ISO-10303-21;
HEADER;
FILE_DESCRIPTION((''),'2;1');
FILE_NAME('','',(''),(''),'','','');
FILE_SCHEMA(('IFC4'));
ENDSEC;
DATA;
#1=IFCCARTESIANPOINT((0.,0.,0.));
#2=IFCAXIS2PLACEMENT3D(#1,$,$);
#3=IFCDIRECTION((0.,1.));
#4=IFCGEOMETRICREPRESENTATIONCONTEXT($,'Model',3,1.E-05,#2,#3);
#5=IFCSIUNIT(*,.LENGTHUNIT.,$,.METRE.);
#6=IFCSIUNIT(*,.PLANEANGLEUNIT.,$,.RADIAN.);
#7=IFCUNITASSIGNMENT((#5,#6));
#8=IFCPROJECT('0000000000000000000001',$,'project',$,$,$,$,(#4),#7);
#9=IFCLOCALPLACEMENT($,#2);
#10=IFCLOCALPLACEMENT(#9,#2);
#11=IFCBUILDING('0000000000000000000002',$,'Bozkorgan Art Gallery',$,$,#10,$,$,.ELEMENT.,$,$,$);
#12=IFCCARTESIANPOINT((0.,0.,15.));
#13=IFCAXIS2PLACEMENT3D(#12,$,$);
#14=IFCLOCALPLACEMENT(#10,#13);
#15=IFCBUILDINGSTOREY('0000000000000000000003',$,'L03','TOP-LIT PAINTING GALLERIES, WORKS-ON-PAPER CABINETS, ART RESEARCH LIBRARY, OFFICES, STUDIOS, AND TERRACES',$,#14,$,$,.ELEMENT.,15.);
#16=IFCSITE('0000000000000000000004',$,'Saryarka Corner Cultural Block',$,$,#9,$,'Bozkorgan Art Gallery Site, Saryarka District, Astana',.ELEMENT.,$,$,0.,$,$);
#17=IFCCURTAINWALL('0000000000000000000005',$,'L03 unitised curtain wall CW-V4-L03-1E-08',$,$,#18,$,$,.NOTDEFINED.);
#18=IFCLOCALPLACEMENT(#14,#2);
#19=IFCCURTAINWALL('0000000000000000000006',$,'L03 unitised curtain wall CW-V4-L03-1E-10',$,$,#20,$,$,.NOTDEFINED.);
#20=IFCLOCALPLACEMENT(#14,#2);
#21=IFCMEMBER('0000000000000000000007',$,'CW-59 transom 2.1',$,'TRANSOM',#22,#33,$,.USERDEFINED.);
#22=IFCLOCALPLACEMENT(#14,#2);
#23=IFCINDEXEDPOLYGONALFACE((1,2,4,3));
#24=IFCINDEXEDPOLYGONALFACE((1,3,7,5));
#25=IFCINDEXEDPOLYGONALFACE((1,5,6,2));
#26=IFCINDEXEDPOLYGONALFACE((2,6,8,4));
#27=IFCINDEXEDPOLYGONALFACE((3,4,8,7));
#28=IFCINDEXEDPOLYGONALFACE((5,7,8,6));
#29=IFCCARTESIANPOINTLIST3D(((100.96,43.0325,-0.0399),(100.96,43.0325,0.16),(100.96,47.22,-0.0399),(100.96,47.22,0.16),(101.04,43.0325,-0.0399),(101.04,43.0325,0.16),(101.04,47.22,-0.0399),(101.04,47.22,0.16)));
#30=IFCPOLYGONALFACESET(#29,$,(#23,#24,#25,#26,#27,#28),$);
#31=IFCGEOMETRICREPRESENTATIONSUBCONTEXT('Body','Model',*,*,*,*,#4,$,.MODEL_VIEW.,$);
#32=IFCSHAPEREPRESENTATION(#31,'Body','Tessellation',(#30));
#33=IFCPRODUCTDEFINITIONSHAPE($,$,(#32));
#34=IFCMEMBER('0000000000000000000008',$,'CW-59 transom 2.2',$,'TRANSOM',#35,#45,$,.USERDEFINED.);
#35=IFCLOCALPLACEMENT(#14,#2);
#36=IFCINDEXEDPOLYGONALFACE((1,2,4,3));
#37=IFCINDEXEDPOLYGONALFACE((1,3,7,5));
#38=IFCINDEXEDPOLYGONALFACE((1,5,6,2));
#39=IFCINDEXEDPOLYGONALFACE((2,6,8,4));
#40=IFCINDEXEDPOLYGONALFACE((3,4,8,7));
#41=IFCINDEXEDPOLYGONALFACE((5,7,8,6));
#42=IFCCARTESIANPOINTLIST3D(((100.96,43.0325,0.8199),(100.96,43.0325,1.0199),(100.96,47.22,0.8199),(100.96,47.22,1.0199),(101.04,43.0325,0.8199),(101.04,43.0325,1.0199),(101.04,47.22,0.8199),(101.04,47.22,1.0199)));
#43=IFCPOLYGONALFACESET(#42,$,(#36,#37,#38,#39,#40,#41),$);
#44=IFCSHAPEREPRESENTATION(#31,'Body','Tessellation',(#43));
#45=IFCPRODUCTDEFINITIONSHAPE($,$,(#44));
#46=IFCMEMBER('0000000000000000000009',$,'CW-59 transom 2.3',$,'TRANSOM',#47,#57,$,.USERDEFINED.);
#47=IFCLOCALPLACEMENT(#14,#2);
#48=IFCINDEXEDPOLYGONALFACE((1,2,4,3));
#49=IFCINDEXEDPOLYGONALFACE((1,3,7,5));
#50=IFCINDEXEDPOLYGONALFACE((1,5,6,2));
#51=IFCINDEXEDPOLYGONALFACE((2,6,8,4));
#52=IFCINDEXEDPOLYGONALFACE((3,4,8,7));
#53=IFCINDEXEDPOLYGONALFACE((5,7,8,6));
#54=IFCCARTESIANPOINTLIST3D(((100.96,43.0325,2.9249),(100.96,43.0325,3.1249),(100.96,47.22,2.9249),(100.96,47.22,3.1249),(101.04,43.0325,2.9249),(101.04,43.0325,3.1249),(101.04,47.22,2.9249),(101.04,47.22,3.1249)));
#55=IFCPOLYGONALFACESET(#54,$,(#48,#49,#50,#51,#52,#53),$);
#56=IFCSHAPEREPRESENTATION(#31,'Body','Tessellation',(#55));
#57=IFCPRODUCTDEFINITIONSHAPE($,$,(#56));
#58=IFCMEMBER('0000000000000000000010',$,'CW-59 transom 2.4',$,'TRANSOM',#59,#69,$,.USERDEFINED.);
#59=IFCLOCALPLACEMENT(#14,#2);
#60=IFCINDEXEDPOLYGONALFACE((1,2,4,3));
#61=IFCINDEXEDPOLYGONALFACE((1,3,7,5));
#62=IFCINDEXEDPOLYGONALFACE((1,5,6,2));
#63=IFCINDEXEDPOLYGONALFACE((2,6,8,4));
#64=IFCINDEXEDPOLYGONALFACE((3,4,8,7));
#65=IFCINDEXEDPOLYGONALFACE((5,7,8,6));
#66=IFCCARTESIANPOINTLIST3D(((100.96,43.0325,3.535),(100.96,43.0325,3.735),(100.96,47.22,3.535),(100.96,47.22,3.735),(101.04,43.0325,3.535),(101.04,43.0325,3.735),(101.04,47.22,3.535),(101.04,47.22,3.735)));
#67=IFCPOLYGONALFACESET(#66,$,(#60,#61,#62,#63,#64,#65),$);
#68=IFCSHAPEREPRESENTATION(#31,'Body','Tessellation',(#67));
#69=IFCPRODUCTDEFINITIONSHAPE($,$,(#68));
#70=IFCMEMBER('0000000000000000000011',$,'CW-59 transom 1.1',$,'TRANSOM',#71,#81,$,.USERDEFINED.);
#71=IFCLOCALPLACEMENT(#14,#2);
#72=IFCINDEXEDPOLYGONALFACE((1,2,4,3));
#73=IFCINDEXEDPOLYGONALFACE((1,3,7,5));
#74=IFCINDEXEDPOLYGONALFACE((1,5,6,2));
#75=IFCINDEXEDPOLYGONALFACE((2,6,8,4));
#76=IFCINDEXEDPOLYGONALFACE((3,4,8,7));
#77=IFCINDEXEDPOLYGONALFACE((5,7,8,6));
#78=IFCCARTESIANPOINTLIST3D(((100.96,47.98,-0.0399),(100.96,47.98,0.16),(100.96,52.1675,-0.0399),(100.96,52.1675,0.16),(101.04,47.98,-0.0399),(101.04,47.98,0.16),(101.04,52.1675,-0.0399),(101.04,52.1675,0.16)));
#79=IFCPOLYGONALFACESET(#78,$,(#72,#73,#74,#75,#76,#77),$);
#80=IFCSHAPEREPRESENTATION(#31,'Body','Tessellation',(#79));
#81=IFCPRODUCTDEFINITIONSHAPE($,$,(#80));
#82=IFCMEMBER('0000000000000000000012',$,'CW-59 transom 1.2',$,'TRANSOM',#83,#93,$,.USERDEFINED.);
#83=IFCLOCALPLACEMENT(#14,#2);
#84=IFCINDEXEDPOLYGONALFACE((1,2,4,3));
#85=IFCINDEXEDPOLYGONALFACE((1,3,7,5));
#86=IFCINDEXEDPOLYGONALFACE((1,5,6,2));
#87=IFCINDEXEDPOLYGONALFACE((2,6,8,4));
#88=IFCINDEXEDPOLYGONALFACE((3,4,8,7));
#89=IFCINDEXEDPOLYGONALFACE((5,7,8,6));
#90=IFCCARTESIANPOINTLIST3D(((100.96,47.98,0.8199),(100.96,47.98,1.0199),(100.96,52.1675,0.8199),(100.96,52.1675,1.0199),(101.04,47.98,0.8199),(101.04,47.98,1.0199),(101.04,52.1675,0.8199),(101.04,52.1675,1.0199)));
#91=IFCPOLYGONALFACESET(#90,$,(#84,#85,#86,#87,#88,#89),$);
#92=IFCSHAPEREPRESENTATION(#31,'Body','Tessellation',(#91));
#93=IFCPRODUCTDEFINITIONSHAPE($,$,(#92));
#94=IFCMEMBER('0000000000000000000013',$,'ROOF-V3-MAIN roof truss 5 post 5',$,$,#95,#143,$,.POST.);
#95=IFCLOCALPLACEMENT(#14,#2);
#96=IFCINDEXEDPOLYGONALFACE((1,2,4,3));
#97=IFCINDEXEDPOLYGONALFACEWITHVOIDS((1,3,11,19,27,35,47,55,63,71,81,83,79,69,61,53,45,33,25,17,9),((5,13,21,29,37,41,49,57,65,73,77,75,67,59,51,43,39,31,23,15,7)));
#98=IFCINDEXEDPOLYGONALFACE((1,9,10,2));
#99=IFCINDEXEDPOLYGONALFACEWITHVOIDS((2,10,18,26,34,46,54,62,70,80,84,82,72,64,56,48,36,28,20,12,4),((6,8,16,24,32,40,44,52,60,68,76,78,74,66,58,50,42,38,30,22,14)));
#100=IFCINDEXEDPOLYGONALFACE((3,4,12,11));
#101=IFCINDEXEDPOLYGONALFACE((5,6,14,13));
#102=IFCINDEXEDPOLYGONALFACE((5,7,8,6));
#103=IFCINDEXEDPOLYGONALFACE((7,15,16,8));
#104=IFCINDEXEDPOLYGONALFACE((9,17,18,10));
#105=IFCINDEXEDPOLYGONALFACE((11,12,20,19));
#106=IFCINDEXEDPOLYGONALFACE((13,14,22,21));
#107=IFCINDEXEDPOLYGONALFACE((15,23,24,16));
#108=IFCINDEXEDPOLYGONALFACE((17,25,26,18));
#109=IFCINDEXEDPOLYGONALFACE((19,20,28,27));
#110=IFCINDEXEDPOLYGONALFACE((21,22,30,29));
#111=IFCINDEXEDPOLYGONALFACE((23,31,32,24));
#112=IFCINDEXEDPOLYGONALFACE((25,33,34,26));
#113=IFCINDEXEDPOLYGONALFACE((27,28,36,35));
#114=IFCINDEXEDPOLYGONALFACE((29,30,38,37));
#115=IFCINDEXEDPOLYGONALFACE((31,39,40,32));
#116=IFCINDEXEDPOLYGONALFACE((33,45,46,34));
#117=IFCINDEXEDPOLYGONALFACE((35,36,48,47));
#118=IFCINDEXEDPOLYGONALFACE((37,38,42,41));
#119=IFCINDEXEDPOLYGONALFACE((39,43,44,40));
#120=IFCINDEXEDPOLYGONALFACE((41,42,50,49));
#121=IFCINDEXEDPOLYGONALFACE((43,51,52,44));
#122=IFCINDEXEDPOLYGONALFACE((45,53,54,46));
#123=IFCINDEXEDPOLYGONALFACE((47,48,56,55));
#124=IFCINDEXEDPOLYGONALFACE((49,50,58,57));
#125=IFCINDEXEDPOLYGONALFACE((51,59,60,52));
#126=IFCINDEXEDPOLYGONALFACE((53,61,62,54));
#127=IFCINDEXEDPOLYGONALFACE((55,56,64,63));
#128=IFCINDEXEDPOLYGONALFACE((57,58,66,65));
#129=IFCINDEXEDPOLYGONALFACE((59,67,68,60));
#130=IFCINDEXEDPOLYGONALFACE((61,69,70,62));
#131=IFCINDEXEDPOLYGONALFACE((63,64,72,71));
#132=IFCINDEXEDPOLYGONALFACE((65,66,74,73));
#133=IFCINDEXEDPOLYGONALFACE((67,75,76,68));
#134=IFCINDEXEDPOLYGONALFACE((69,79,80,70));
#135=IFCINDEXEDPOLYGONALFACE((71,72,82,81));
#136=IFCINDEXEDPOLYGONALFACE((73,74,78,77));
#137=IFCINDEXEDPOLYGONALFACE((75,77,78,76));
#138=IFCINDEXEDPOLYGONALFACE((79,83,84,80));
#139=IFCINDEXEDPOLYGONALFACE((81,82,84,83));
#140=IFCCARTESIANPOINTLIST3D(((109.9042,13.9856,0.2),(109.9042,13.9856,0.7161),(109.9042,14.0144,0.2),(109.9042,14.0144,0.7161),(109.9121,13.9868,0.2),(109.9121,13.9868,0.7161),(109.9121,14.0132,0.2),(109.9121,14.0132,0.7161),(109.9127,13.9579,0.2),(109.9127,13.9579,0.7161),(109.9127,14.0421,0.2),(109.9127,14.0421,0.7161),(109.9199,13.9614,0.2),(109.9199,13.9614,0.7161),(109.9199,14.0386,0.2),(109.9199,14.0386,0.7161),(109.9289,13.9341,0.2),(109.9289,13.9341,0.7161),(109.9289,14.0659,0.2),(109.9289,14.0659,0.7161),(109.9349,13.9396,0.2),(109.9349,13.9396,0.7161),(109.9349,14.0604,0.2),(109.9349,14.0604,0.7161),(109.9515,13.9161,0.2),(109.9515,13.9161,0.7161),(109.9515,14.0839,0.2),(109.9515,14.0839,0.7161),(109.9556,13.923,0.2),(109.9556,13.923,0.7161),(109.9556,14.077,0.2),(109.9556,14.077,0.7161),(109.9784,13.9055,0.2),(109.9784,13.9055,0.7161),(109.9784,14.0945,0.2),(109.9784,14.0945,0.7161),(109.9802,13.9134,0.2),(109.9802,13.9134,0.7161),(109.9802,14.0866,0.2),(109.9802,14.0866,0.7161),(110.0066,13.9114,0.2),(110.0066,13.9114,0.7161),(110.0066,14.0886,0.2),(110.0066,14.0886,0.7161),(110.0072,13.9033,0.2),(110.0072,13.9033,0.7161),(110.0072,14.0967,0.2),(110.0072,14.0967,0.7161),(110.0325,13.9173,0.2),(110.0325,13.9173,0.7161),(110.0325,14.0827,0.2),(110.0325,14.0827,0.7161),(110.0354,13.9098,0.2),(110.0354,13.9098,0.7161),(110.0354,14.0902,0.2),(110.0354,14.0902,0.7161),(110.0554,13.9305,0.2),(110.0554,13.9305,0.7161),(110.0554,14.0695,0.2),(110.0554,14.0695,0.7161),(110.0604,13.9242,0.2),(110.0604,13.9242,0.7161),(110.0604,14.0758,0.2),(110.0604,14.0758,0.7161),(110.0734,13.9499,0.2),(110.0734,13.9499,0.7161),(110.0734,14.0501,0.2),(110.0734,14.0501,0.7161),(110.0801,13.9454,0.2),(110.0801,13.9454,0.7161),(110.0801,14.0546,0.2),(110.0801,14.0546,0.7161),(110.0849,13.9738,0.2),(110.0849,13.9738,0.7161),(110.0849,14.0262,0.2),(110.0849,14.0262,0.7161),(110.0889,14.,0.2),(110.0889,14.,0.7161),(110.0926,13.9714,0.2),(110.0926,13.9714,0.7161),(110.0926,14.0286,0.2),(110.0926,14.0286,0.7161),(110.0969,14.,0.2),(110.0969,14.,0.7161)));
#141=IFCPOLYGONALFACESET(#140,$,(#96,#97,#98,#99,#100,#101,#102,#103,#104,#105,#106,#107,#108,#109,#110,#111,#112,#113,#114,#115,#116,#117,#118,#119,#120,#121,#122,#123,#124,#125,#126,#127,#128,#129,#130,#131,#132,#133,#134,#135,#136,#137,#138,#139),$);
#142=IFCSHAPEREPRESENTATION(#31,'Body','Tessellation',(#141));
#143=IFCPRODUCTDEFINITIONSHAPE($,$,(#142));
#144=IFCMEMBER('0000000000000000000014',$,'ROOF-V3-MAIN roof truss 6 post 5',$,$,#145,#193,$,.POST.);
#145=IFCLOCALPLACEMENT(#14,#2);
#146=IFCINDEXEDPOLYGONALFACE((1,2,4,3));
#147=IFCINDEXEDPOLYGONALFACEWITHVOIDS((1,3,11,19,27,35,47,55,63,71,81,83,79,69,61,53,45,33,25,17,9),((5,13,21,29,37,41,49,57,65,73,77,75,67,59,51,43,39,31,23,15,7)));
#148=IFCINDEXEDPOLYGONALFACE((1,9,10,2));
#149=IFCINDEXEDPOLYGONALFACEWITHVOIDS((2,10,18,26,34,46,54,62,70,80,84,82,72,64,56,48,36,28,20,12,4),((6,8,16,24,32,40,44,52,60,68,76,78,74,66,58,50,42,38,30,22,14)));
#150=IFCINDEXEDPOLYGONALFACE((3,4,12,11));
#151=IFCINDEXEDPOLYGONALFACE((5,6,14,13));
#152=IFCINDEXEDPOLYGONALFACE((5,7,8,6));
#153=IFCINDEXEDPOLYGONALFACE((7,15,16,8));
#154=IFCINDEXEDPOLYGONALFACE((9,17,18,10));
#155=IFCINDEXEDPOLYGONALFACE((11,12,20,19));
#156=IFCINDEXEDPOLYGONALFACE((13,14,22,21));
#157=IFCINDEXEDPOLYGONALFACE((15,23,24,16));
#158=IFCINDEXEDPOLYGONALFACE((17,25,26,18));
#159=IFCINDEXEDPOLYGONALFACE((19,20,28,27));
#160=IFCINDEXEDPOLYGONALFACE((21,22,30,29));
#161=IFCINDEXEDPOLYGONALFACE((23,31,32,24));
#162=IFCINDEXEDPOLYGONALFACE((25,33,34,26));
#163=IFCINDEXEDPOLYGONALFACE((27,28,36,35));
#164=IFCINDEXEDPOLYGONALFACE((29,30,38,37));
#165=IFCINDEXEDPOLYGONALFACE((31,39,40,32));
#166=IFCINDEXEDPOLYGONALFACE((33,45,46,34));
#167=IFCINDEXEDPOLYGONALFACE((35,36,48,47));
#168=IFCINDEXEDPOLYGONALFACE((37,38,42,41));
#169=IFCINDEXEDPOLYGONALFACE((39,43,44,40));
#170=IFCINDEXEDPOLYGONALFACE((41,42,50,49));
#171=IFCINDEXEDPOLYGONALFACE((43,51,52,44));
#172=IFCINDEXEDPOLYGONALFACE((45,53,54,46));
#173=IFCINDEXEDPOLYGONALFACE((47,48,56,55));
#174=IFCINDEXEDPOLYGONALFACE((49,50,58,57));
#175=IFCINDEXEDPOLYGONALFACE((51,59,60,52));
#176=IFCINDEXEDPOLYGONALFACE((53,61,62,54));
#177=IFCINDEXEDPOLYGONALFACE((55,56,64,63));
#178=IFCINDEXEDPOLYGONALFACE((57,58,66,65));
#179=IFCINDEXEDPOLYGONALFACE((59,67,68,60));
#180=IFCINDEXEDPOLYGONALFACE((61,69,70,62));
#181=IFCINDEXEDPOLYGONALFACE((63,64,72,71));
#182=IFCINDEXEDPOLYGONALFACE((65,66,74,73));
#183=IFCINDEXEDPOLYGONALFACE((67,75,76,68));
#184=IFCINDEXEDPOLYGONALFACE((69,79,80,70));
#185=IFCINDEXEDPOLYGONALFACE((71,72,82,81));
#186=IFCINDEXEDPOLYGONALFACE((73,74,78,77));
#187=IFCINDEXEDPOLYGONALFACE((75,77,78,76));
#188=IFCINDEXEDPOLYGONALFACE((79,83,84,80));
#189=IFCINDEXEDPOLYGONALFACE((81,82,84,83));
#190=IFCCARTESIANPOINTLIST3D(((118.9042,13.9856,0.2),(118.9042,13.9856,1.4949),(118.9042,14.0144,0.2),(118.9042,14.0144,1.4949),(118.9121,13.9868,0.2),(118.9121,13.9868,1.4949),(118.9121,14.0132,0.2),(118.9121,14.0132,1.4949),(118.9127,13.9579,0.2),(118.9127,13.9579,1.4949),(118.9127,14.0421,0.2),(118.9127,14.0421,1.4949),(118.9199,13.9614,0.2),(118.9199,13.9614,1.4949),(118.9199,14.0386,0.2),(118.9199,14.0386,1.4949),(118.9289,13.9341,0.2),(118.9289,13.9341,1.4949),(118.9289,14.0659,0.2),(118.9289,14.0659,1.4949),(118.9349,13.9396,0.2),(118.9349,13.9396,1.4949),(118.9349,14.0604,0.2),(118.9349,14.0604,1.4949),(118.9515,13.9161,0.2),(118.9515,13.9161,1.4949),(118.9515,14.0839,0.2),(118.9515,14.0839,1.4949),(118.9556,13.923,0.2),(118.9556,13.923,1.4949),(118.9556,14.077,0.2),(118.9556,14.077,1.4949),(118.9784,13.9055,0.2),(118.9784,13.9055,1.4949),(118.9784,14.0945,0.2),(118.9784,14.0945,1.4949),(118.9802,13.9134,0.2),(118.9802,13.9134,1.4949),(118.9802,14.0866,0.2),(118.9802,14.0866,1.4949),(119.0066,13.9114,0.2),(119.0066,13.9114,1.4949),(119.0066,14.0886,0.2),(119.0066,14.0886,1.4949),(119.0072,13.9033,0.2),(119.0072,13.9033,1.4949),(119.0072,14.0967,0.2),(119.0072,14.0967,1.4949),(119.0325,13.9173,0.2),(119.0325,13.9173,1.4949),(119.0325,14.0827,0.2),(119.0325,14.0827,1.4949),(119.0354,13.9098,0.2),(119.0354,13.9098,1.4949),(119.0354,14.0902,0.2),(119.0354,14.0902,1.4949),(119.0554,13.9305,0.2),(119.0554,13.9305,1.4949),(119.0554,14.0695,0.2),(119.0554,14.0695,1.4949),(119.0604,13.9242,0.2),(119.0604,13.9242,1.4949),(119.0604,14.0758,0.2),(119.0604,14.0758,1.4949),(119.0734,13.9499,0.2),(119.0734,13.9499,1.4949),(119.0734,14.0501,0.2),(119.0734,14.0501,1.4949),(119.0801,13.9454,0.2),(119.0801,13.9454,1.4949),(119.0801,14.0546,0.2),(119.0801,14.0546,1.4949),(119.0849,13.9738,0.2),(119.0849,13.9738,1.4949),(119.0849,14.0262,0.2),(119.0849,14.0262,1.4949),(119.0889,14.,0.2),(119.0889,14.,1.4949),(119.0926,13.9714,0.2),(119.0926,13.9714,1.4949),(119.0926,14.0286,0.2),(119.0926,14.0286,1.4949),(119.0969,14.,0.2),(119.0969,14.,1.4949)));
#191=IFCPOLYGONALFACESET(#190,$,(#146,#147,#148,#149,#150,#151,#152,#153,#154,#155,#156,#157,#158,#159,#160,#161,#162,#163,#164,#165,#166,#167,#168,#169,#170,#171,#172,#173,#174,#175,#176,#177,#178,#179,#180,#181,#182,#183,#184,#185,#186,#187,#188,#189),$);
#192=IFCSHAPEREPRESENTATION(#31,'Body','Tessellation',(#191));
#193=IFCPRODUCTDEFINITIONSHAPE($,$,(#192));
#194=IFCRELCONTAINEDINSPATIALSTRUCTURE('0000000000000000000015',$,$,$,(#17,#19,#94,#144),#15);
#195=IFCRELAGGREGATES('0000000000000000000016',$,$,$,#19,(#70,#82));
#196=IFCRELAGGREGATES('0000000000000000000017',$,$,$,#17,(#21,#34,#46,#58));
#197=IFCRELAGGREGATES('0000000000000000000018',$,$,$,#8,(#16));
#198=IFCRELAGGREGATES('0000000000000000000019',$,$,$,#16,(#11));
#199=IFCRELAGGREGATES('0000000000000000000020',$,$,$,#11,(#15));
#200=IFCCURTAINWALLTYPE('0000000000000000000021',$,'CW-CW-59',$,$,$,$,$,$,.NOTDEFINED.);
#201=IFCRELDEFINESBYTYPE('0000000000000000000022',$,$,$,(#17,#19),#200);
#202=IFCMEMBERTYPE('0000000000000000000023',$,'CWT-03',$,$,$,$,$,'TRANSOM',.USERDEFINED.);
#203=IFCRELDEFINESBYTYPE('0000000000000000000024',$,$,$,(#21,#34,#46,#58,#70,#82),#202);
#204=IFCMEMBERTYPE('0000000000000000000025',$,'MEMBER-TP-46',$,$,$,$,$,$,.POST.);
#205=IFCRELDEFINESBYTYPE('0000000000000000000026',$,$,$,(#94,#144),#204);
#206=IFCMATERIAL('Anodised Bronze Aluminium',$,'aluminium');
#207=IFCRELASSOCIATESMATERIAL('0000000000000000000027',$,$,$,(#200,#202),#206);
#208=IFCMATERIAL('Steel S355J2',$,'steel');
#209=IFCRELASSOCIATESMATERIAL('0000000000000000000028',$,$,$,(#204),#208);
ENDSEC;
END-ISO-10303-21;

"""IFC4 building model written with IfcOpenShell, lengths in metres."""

from ifc_helpers import new_model, si_unit, direction, frame, origin, origin_2d, place, context, subcontext, project, spatial, rectangle, hollow_circle, extrude, material, material_profile, profile_set, type_object, element, aggregate, save


model = new_model("IFC4")

# Units and contexts
model_context = context("Model", 3, precision=1e-05, world=origin(), true_north=direction((0.0, 1.0)))
body_context = subcontext(model_context, "Body", "Model", "MODEL_VIEW")
ifc_project = project(units=[si_unit("LENGTHUNIT", "METRE"), si_unit("PLANEANGLEUNIT", "RADIAN")], contexts=[model_context])

# Site, building, storey
site_placement = place(None, origin())
site = spatial("IfcSite", under=ifc_project, at=site_placement, Name="Saryarka Corner Cultural Block", LongName="Bozkorgan Art Gallery Site, Saryarka District, Astana", CompositionType="ELEMENT", RefElevation=0.0)
building_placement = place(site_placement, origin())
building = spatial("IfcBuilding", under=site, at=building_placement, Name="Bozkorgan Art Gallery", CompositionType="ELEMENT")
storey_placement = place(building_placement, frame((0.0, 0.0, 15.0)))
storey = spatial("IfcBuildingStorey", under=building, at=storey_placement, Name="L03", Description="TOP-LIT PAINTING GALLERIES, WORKS-ON-PAPER CABINETS, ART RESEARCH LIBRARY, OFFICES, STUDIOS, AND TERRACES", CompositionType="ELEMENT", Elevation=15.0)

# Shared definitions
ifc_material_1 = material(Name="Steel S355J2", Category="steel")

# Curtain wall
ifc_material_2 = material(Name="Anodised Bronze Aluminium", Category="aluminium")
curtain_wall_type = type_object("IfcCurtainWallType", Name="CW-CW-59", PredefinedType="NOTDEFINED", material=ifc_material_2)
curtain_wall_1_placement = place(storey_placement, origin())
curtain_wall_1 = element("IfcCurtainWall", 1, at=curtain_wall_1_placement, inside=storey, type_object=curtain_wall_type, Name="L03 unitised curtain wall CW-V4-L03-1E-08", PredefinedType="NOTDEFINED")

# Curtain wall
curtain_wall_2_placement = place(storey_placement, origin())
curtain_wall_2 = element("IfcCurtainWall", 2, at=curtain_wall_2_placement, inside=storey, type_object=curtain_wall_type, Name="L03 unitised curtain wall CW-V4-L03-1E-10", PredefinedType="NOTDEFINED")

# Members
ifc_material_profile_1 = material_profile(ifc_material_2, rectangle(XDim=0.0801, YDim=0.2, at=origin_2d()), Name="ALU TRANSOM 80x200")
ifc_profile_set_1 = profile_set([ifc_material_profile_1], Name="Anodised Bronze Aluminium")
member_type_1 = type_object("IfcMemberType", Name="CWT-03", ElementType="TRANSOM", PredefinedType="USERDEFINED", material=ifc_profile_set_1)
member_1_placement = place(storey_placement, frame((101.0, 43.0325, 0.0601), z_axis=(0.0, 1.0, 0.0), x_axis=(-1.0, 0.0, 0.0)))
member_1 = element("IfcMember", 3, at=member_1_placement, type_object=member_type_1, Name="CW-59 transom 2.1", ObjectType="TRANSOM", PredefinedType="USERDEFINED", context=body_context, shape_type="SweptSolid", body=[
    extrude(rectangle(XDim=0.0801, YDim=0.2, at=origin_2d()), origin(), (0.0, 0.0, 1.0), 4.1875),
])
member_2_placement = place(storey_placement, frame((101.0, 43.0325, 0.9199), z_axis=(0.0, 1.0, 0.0), x_axis=(-1.0, 0.0, 0.0)))
member_2 = element("IfcMember", 4, at=member_2_placement, type_object=member_type_1, Name="CW-59 transom 2.2", ObjectType="TRANSOM", PredefinedType="USERDEFINED", context=body_context, shape_type="SweptSolid", body=[
    extrude(rectangle(XDim=0.0801, YDim=0.2, at=origin_2d()), origin(), (0.0, 0.0, 1.0), 4.1875),
])
member_3_placement = place(storey_placement, frame((101.0, 43.0325, 3.0249), z_axis=(0.0, 1.0, 0.0), x_axis=(-1.0, 0.0, 0.0)))
member_3 = element("IfcMember", 5, at=member_3_placement, type_object=member_type_1, Name="CW-59 transom 2.3", ObjectType="TRANSOM", PredefinedType="USERDEFINED", context=body_context, shape_type="SweptSolid", body=[
    extrude(rectangle(XDim=0.0801, YDim=0.2, at=origin_2d()), origin(), (0.0, 0.0, 1.0), 4.1875),
])
member_4_placement = place(storey_placement, frame((101.0, 43.0325, 3.635), z_axis=(0.0, 1.0, 0.0), x_axis=(-1.0, 0.0, 0.0)))
member_4 = element("IfcMember", 6, at=member_4_placement, type_object=member_type_1, Name="CW-59 transom 2.4", ObjectType="TRANSOM", PredefinedType="USERDEFINED", context=body_context, shape_type="SweptSolid", body=[
    extrude(rectangle(XDim=0.0801, YDim=0.2, at=origin_2d()), origin(), (0.0, 0.0, 1.0), 4.1875),
])
member_5_placement = place(storey_placement, frame((101.0, 47.98, 0.0601), z_axis=(0.0, 1.0, 0.0), x_axis=(-1.0, 0.0, 0.0)))
member_5 = element("IfcMember", 7, at=member_5_placement, type_object=member_type_1, Name="CW-59 transom 1.1", ObjectType="TRANSOM", PredefinedType="USERDEFINED", context=body_context, shape_type="SweptSolid", body=[
    extrude(rectangle(XDim=0.0801, YDim=0.2, at=origin_2d()), origin(), (0.0, 0.0, 1.0), 4.1875),
])
member_6_placement = place(storey_placement, frame((101.0, 47.98, 0.9199), z_axis=(0.0, 1.0, 0.0), x_axis=(-1.0, 0.0, 0.0)))
member_6 = element("IfcMember", 8, at=member_6_placement, type_object=member_type_1, Name="CW-59 transom 1.2", ObjectType="TRANSOM", PredefinedType="USERDEFINED", context=body_context, shape_type="SweptSolid", body=[
    extrude(rectangle(XDim=0.0801, YDim=0.2, at=origin_2d()), origin(), (0.0, 0.0, 1.0), 4.1875),
])
aggregate(curtain_wall_2, [member_5, member_6])

# Members
ifc_material_profile_2 = material_profile(ifc_material_1, hollow_circle(Radius=0.0969, WallThickness=0.0081, at=origin_2d()), Name="CHS 193.7x8")
ifc_profile_set_2 = profile_set([ifc_material_profile_2], Name="Steel S355J2")
member_type_2 = type_object("IfcMemberType", Name="MEMBER-TP-46", PredefinedType="POST", material=ifc_profile_set_2)
member_7_placement = place(storey_placement, frame((110.0, 14.0, 0.2), z_axis=(0.0, 0.0, 1.0), x_axis=(1.0, 0.0, 0.0)))
element("IfcMember", 9, at=member_7_placement, inside=storey, type_object=member_type_2, Name="ROOF-V3-MAIN roof truss 5 post 5", PredefinedType="POST", context=body_context, shape_type="SweptSolid", body=[
    extrude(hollow_circle(Radius=0.0969, WallThickness=0.0081, at=origin_2d()), origin(), (0.0, 0.0, 1.0), 0.5161),
])
member_8_placement = place(storey_placement, frame((119.0, 14.0, 0.2), z_axis=(0.0, 0.0, 1.0), x_axis=(1.0, 0.0, 0.0)))
element("IfcMember", 10, at=member_8_placement, inside=storey, type_object=member_type_2, Name="ROOF-V3-MAIN roof truss 6 post 5", PredefinedType="POST", context=body_context, shape_type="SweptSolid", body=[
    extrude(hollow_circle(Radius=0.0969, WallThickness=0.0081, at=origin_2d()), origin(), (0.0, 0.0, 1.0), 1.2949),
])

aggregate(curtain_wall_1, [member_1, member_2, member_3, member_4])

save(model, "model.ifc")
